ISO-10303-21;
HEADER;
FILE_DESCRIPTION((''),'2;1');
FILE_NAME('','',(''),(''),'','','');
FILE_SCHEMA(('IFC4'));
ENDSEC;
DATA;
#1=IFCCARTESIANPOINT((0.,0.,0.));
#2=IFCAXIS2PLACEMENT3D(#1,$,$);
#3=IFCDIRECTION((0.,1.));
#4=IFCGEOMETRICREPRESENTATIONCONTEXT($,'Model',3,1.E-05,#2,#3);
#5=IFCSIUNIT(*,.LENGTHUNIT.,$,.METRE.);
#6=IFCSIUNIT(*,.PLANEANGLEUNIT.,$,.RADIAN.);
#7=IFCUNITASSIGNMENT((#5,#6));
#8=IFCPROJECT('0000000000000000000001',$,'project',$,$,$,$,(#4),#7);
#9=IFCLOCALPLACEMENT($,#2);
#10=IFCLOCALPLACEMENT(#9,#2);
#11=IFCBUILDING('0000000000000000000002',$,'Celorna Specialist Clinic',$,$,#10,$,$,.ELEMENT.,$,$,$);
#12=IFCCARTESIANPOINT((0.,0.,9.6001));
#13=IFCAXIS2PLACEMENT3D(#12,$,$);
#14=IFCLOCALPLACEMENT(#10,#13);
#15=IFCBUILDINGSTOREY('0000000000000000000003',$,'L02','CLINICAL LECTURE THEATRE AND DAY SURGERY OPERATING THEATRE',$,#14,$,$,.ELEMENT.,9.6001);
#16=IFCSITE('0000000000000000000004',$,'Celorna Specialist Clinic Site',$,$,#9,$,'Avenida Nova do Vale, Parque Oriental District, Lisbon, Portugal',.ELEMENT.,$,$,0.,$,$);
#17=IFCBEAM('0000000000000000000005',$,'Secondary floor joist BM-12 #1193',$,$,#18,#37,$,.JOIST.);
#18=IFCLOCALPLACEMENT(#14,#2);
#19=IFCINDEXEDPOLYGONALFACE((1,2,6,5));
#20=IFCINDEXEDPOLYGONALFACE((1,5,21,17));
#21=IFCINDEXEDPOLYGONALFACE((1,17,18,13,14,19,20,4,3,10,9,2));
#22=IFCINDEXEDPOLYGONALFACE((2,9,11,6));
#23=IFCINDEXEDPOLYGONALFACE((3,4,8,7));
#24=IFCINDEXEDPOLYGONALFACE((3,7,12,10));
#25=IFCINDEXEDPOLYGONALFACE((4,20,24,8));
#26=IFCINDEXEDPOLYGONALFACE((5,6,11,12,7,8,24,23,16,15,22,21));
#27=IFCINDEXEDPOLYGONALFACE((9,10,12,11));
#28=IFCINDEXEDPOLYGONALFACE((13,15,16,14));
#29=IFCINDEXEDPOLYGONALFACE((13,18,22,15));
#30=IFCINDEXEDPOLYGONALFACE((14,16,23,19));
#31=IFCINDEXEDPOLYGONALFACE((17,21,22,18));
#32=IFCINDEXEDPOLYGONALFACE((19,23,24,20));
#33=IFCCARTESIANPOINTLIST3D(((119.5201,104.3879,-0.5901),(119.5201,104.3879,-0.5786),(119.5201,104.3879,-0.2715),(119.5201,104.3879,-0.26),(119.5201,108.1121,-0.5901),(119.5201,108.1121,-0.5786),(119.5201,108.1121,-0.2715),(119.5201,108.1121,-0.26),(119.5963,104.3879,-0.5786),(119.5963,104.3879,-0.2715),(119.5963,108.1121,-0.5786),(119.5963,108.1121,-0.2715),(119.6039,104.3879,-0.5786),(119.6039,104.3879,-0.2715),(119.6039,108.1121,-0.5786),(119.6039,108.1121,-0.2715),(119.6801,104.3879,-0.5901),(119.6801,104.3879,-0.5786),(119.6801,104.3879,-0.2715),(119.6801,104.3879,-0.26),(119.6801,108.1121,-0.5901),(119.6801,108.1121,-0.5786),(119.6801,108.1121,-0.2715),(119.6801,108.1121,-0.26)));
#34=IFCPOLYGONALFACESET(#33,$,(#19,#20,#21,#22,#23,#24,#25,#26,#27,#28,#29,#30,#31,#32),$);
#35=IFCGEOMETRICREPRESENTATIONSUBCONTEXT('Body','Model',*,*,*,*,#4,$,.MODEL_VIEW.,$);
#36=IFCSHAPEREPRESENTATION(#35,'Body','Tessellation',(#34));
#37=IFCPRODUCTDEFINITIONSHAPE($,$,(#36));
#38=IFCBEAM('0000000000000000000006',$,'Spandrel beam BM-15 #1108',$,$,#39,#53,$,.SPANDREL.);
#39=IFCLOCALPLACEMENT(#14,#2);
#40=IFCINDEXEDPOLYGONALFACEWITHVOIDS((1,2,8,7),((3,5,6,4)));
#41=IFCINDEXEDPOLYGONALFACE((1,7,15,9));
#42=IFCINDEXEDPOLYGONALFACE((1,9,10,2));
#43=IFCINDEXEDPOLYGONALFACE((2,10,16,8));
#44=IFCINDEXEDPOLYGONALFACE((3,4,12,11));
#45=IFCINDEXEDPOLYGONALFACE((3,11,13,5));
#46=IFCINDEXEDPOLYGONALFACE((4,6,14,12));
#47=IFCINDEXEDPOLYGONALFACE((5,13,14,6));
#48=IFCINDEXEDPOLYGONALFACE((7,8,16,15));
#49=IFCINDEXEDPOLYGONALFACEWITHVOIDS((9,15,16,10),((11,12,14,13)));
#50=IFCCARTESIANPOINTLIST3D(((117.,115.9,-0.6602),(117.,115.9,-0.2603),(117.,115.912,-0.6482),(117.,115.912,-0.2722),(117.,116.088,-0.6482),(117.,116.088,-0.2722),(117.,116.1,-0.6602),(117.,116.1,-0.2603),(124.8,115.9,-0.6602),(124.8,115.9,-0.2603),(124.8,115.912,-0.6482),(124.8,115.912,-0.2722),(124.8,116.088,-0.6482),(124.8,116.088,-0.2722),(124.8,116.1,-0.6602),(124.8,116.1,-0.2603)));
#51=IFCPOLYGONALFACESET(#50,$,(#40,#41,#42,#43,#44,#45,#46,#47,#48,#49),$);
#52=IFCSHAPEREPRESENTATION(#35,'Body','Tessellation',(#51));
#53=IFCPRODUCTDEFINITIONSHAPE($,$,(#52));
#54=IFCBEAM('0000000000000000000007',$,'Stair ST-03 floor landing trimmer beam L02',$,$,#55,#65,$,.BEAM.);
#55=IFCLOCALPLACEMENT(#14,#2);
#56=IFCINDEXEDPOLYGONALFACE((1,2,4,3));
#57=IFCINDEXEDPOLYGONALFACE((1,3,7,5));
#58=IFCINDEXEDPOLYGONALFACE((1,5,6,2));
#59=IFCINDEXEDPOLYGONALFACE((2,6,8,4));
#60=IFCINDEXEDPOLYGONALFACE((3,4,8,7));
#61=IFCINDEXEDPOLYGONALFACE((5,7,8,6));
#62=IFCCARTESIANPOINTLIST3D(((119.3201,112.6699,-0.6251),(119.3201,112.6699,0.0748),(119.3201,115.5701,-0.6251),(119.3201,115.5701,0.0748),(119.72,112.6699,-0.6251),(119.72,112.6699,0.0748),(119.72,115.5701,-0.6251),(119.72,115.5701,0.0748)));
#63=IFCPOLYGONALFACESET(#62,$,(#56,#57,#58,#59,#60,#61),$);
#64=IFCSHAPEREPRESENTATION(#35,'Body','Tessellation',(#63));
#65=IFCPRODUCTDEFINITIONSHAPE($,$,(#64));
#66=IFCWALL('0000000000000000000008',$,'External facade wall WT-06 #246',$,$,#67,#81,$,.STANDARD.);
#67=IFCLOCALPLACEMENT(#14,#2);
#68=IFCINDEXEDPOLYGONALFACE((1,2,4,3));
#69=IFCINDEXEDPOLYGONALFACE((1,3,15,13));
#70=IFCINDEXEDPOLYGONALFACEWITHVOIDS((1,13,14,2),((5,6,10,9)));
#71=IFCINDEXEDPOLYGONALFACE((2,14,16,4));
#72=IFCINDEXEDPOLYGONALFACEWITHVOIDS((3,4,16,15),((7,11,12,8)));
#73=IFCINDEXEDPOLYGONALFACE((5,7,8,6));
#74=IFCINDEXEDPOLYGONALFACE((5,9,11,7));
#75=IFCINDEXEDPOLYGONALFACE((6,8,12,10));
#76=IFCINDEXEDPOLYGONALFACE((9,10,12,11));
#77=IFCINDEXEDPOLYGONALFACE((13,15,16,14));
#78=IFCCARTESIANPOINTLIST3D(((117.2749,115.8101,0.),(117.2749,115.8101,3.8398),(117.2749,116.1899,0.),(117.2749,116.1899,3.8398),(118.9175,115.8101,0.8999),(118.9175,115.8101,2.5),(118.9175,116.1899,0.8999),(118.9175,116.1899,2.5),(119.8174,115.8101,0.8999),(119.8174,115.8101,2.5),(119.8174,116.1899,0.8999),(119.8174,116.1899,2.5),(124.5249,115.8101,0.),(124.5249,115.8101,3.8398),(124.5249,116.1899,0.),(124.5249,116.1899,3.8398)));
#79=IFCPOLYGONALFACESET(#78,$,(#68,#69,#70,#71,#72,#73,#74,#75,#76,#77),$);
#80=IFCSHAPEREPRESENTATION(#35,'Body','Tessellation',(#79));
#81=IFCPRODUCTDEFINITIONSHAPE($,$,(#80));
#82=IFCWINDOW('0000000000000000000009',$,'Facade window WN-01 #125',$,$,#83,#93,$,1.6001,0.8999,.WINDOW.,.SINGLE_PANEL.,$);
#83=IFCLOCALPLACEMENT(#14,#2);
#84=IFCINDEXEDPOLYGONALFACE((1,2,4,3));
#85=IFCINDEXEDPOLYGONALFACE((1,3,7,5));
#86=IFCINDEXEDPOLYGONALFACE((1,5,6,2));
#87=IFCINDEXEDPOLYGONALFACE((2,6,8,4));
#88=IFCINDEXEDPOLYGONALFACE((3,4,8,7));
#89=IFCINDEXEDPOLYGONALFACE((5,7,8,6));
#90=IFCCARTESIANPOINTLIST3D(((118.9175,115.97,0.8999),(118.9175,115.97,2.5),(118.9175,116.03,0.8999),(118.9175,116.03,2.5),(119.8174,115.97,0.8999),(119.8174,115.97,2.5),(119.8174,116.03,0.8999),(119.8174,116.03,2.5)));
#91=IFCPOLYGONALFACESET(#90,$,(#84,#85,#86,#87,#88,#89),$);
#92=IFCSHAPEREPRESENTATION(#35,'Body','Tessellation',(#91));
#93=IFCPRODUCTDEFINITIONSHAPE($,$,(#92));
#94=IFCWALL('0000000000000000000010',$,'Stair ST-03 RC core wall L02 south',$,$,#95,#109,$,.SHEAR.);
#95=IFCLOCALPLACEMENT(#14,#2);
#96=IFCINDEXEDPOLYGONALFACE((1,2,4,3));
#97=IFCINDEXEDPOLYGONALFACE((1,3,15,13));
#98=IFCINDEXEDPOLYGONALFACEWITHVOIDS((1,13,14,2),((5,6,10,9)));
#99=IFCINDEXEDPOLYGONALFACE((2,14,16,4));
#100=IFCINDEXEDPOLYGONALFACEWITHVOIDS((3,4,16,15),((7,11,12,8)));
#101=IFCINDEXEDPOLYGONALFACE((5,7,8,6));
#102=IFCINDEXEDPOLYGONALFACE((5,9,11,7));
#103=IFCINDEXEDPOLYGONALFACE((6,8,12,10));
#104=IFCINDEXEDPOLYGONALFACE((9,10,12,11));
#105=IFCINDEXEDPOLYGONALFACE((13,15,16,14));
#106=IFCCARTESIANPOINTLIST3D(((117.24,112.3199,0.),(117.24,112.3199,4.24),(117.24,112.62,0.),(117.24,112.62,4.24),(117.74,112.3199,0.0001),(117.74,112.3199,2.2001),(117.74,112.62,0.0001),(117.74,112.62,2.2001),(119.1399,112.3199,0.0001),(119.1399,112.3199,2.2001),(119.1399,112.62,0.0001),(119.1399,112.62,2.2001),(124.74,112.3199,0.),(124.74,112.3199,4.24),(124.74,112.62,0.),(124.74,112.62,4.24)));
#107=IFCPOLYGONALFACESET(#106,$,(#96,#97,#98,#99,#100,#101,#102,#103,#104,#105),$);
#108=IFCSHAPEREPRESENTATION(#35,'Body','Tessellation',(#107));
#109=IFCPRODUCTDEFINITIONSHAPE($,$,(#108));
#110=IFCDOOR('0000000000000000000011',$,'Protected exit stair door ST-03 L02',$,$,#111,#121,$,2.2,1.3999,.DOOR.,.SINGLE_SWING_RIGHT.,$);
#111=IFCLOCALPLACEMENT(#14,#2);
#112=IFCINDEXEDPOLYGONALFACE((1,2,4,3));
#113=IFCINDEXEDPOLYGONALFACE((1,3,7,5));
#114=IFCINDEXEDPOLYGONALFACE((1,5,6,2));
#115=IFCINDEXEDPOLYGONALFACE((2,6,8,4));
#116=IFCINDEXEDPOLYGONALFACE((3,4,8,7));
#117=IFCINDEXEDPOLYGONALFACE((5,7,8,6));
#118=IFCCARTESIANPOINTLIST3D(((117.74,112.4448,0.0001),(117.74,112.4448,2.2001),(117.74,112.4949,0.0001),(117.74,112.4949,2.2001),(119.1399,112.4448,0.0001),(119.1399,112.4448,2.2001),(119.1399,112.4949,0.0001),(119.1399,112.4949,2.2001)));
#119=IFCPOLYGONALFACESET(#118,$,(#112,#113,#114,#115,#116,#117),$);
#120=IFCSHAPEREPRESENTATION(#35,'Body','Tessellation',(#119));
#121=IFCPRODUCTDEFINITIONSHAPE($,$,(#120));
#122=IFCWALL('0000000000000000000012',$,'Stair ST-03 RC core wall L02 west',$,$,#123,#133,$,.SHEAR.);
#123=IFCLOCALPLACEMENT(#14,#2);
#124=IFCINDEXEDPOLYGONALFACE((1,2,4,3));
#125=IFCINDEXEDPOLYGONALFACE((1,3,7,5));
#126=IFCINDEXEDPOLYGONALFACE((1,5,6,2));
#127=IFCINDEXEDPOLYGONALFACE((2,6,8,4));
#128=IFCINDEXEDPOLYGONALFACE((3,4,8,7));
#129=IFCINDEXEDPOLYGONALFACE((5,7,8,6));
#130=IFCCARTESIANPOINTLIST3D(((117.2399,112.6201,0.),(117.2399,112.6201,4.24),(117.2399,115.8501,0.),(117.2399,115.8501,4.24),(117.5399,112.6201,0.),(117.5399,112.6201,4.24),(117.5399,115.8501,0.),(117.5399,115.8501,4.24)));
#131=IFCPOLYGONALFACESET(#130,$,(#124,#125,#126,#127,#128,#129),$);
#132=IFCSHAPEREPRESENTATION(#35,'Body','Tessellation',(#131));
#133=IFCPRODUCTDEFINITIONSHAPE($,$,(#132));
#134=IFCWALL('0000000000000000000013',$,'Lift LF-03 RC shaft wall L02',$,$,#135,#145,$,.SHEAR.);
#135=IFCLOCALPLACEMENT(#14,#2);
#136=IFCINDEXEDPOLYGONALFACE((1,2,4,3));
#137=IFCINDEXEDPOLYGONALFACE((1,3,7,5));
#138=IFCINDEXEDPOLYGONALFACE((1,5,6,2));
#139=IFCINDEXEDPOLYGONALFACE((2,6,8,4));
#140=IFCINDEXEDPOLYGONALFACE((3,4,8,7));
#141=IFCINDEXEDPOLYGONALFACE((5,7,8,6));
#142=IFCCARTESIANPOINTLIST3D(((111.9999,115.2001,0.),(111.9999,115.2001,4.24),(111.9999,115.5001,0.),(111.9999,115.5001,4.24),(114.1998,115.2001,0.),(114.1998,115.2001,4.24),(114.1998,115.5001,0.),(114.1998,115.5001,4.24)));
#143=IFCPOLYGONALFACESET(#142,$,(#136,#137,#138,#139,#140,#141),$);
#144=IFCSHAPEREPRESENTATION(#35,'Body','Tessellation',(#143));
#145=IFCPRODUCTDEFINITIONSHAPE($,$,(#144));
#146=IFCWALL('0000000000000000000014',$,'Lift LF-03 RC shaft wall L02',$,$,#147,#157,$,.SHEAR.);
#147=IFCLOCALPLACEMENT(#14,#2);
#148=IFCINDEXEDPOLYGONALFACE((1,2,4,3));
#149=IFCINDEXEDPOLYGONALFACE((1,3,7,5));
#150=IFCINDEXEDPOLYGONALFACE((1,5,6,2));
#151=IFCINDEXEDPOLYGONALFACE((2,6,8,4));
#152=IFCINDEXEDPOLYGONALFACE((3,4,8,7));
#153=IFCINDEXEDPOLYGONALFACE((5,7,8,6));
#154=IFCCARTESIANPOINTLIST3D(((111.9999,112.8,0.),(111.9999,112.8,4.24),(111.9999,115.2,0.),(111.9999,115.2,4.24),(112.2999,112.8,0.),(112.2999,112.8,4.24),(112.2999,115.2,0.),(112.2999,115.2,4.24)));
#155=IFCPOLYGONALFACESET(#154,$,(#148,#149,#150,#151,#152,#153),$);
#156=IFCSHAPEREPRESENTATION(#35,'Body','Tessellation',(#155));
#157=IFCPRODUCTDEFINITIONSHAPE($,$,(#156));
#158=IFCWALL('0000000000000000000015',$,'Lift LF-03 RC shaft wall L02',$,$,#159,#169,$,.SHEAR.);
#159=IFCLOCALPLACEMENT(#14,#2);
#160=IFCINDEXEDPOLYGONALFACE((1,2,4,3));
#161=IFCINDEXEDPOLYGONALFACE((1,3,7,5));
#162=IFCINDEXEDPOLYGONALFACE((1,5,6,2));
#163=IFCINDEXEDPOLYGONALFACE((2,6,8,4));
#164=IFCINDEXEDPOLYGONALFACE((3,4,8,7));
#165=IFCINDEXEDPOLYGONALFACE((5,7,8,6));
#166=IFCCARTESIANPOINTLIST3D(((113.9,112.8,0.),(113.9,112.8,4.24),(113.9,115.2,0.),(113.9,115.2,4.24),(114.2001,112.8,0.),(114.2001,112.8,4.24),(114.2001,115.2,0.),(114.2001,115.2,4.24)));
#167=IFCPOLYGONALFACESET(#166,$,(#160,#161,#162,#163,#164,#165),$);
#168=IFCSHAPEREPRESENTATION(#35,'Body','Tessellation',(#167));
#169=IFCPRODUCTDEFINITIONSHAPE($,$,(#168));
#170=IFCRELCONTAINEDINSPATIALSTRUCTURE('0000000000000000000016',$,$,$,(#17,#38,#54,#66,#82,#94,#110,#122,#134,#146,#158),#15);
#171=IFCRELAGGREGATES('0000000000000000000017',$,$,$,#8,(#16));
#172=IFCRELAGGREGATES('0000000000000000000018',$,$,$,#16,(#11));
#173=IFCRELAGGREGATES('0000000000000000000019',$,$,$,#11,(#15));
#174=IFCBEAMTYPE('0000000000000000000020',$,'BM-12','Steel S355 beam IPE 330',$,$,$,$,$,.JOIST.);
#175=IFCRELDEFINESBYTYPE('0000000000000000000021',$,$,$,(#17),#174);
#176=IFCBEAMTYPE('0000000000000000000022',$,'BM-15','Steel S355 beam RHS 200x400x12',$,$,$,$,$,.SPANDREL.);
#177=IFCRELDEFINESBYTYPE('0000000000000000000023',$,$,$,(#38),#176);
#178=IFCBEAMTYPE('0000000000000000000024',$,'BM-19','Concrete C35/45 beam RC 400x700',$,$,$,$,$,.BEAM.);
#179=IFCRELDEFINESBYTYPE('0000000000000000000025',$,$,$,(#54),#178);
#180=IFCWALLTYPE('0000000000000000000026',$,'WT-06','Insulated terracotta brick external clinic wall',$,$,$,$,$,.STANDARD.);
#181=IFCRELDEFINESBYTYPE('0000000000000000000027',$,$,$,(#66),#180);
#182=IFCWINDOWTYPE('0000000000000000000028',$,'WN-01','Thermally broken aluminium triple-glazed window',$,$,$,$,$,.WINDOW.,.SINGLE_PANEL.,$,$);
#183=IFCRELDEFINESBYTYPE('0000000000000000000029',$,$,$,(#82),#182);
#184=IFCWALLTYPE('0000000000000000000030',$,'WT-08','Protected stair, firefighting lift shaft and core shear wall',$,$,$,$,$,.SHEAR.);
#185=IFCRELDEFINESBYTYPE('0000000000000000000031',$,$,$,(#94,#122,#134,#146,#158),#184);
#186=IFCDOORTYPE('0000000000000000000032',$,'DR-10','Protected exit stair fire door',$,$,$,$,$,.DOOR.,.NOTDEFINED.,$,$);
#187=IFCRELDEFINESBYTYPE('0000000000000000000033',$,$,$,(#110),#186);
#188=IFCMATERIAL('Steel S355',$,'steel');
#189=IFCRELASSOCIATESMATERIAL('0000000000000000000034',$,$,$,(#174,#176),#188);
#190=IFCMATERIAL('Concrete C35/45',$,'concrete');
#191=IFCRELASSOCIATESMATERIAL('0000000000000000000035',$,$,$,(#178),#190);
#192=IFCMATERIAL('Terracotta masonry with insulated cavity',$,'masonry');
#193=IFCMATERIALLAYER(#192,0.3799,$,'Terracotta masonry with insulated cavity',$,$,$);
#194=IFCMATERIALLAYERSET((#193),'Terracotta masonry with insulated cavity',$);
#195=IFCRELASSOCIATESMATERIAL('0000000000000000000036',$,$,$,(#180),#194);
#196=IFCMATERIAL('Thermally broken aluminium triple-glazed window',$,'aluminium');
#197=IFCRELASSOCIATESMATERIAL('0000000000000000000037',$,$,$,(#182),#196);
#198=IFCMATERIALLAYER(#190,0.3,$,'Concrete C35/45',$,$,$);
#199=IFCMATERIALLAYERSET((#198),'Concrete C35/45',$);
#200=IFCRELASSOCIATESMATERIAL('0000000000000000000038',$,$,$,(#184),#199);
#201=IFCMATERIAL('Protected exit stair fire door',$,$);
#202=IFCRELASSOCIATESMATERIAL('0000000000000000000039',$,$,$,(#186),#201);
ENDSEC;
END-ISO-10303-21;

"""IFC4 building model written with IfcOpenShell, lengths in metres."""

from ifc_helpers import new_model, si_unit, direction, frame, frame_2d, origin, origin_2d, place, context, subcontext, project, spatial, rectangle, hollow_rectangle, i_section, extrude, material, layer, layer_set, material_profile, profile_set, type_object, element, fill, save


model = new_model("IFC4")

# Units and contexts
model_context = context("Model", 3, precision=1e-05, world=origin(), true_north=direction((0.0, 1.0)))
body_context = subcontext(model_context, "Body", "Model", "MODEL_VIEW")
ifc_project = project(units=[si_unit("LENGTHUNIT", "METRE"), si_unit("PLANEANGLEUNIT", "RADIAN")], contexts=[model_context])

# Site, building, storey
site_placement = place(None, origin())
site = spatial("IfcSite", under=ifc_project, at=site_placement, Name="Celorna Specialist Clinic Site", LongName="Avenida Nova do Vale, Parque Oriental District, Lisbon, Portugal", CompositionType="ELEMENT", RefElevation=0.0)
building_placement = place(site_placement, origin())
building = spatial("IfcBuilding", under=site, at=building_placement, Name="Celorna Specialist Clinic", CompositionType="ELEMENT")
storey_placement = place(building_placement, frame((0.0, 0.0, 9.6001)))
storey = spatial("IfcBuildingStorey", under=building, at=storey_placement, Name="L02", Description="CLINICAL LECTURE THEATRE AND DAY SURGERY OPERATING THEATRE", CompositionType="ELEMENT", Elevation=9.6001)

# Shared definitions
ifc_material_1 = material(Name="Concrete C35/45", Category="concrete")

# Beams
ifc_material_2 = material(Name="Steel S355", Category="steel")
ifc_material_profile_1 = material_profile(ifc_material_2, i_section(OverallWidth=0.1599, OverallDepth=0.3301, WebThickness=0.0076, FlangeThickness=0.0115, at=origin_2d()), Name="IPE 330")
ifc_profile_set_1 = profile_set([ifc_material_profile_1], Name="Steel S355")
beam_type_1 = type_object("IfcBeamType", Name="BM-12", Description="Steel S355 beam IPE 330", PredefinedType="JOIST", material=ifc_profile_set_1)
beam_1_placement = place(storey_placement, frame((119.6001, 104.3879, -0.425), z_axis=(0.0, 1.0, 0.0), x_axis=(-1.0, 0.0, 0.0)))
element("IfcBeam", 1, at=beam_1_placement, inside=storey, type_object=beam_type_1, Name="Secondary floor joist BM-12 #1193", PredefinedType="JOIST", context=body_context, shape_type="SweptSolid", body=[
    extrude(i_section(OverallWidth=0.1599, OverallDepth=0.3301, WebThickness=0.0076, FlangeThickness=0.0115, at=origin_2d()), origin(), (0.0, 0.0, 1.0), 3.7241),
])
ifc_material_profile_2 = material_profile(ifc_material_2, hollow_rectangle(XDim=0.2, YDim=0.3999, WallThickness=0.012, at=origin_2d()), Name="RHS 200x400x12")
ifc_profile_set_2 = profile_set([ifc_material_profile_2], Name="Steel S355")
beam_type_2 = type_object("IfcBeamType", Name="BM-15", Description="Steel S355 beam RHS 200x400x12", PredefinedType="SPANDREL", material=ifc_profile_set_2)
beam_2_placement = place(storey_placement, frame((117.0, 116.0, -0.4602), z_axis=(1.0, 0.0, 0.0), x_axis=(0.0, 1.0, 0.0)))
element("IfcBeam", 2, at=beam_2_placement, inside=storey, type_object=beam_type_2, Name="Spandrel beam BM-15 #1108", PredefinedType="SPANDREL", context=body_context, shape_type="SweptSolid", body=[
    extrude(hollow_rectangle(XDim=0.2, YDim=0.3999, WallThickness=0.012, at=origin_2d()), origin(), (0.0, 0.0, 1.0), 7.8),
])
ifc_material_profile_3 = material_profile(ifc_material_1, rectangle(XDim=0.3999, YDim=0.7, at=origin_2d()), Name="RC 400x700")
ifc_profile_set_3 = profile_set([ifc_material_profile_3], Name="Concrete C35/45")
beam_type_3 = type_object("IfcBeamType", Name="BM-19", Description="Concrete C35/45 beam RC 400x700", PredefinedType="BEAM", material=ifc_profile_set_3)
beam_3_placement = place(storey_placement, frame((119.52, 112.6699, -0.2751), z_axis=(0.0, 1.0, 0.0), x_axis=(-1.0, 0.0, 0.0)))
element("IfcBeam", 3, at=beam_3_placement, inside=storey, type_object=beam_type_3, Name="Stair ST-03 floor landing trimmer beam L02", PredefinedType="BEAM", context=body_context, shape_type="SweptSolid", body=[
    extrude(rectangle(XDim=0.3999, YDim=0.7, at=origin_2d()), origin(), (0.0, 0.0, 1.0), 2.9001),
])

# Wall, opening, window
ifc_material_3 = material(Name="Terracotta masonry with insulated cavity", Category="masonry")
ifc_layer_1 = layer(ifc_material_3, 0.3799, Name="Terracotta masonry with insulated cavity")
ifc_layer_set_1 = layer_set([ifc_layer_1], Name="Terracotta masonry with insulated cavity")
wall_type_1 = type_object("IfcWallType", Name="WT-06", Description="Insulated terracotta brick external clinic wall", PredefinedType="STANDARD", material=ifc_layer_set_1)
wall_1_placement = place(storey_placement, frame((117.2749, 116.0, 0.0), z_axis=(0.0, 0.0, 1.0), x_axis=(1.0, 0.0, 0.0)))
wall_1 = element("IfcWall", 4, at=wall_1_placement, inside=storey, type_object=wall_type_1, Name="External facade wall WT-06 #246", PredefinedType="STANDARD", context=body_context, shape_type="SweptSolid", body=[
    extrude(rectangle(XDim=7.25, YDim=0.3799, at=frame_2d((3.625, 0.0))), origin(), (0.0, 0.0, 1.0), 3.8398),
])
opening_1_placement = place(wall_1_placement, frame((1.6426, 0.0, 0.8999)))
opening_1 = element("IfcOpeningElement", 5, at=opening_1_placement, cuts=wall_1, PredefinedType="OPENING", context=body_context, shape_type="SweptSolid", body=[
    extrude(rectangle(XDim=0.8999, YDim=1.6001, at=frame_2d((0.45, 0.8))), frame((0.0, 0.2, 0.0), z_axis=(0.0, -1.0, 0.0), x_axis=(1.0, 0.0, 0.0)), (0.0, 0.0, 1.0), 0.3999),
])
ifc_material_4 = material(Name="Thermally broken aluminium triple-glazed window", Category="aluminium")
window_type = type_object("IfcWindowType", Name="WN-01", Description="Thermally broken aluminium triple-glazed window", PartitioningType="SINGLE_PANEL", PredefinedType="WINDOW", material=ifc_material_4)
window_placement = place(opening_1_placement, origin())
window = element("IfcWindow", 6, at=window_placement, inside=storey, type_object=window_type, Name="Facade window WN-01 #125", OverallHeight=1.6001, OverallWidth=0.8999, PartitioningType="SINGLE_PANEL", PredefinedType="WINDOW", context=body_context, shape_type="SweptSolid", body=[
    extrude(rectangle(XDim=0.8999, YDim=1.6001, at=frame_2d((0.45, 0.8))), frame((0.0, 0.03, 0.0), z_axis=(0.0, -1.0, 0.0), x_axis=(1.0, 0.0, 0.0)), (0.0, 0.0, 1.0), 0.0601),
])
fill(opening_1, window)

# Wall, opening, door
ifc_layer_2 = layer(ifc_material_1, 0.3, Name="Concrete C35/45")
ifc_layer_set_2 = layer_set([ifc_layer_2], Name="Concrete C35/45")
wall_type_2 = type_object("IfcWallType", Name="WT-08", Description="Protected stair, firefighting lift shaft and core shear wall", PredefinedType="SHEAR", material=ifc_layer_set_2)
wall_2_placement = place(storey_placement, frame((117.24, 112.47, 0.0), z_axis=(0.0, 0.0, 1.0), x_axis=(1.0, 0.0, 0.0)))
wall_2 = element("IfcWall", 7, at=wall_2_placement, inside=storey, type_object=wall_type_2, Name="Stair ST-03 RC core wall L02 south", PredefinedType="SHEAR", context=body_context, shape_type="SweptSolid", body=[
    extrude(rectangle(XDim=7.5, YDim=0.3, at=frame_2d((3.75, 0.0))), origin(), (0.0, 0.0, 1.0), 4.24),
])
opening_2_placement = place(wall_2_placement, frame((0.5, 0.0, 0.0)))
opening_2 = element("IfcOpeningElement", 8, at=opening_2_placement, cuts=wall_2, PredefinedType="OPENING", context=body_context, shape_type="SweptSolid", body=[
    extrude(rectangle(XDim=1.3999, YDim=2.2, at=frame_2d((0.7, 1.1001))), frame((0.0, 0.1599, 0.0), z_axis=(0.0, -1.0, 0.0), x_axis=(1.0, 0.0, 0.0)), (0.0, 0.0, 1.0), 0.3201),
])
ifc_material_5 = material(Name="Protected exit stair fire door")
door_type_1 = type_object("IfcDoorType", Name="DR-10", Description="Protected exit stair fire door", OperationType="NOTDEFINED", PredefinedType="DOOR", material=ifc_material_5)
door_1_placement = place(opening_2_placement, origin())
door_1 = element("IfcDoor", 9, at=door_1_placement, inside=storey, type_object=door_type_1, Name="Protected exit stair door ST-03 L02", OperationType="SINGLE_SWING_RIGHT", OverallHeight=2.2, OverallWidth=1.3999, PredefinedType="DOOR", context=body_context, shape_type="SweptSolid", body=[
    extrude(rectangle(XDim=1.3999, YDim=2.2, at=frame_2d((0.7, 1.1001))), frame((0.0, 0.0249, 0.0), z_axis=(0.0, -1.0, 0.0), x_axis=(1.0, 0.0, 0.0)), (0.0, 0.0, 1.0), 0.05),
])
fill(opening_2, door_1)

# Walls
wall_3_placement = place(storey_placement, frame((117.3899, 115.8501, 0.0), z_axis=(0.0, 0.0, 1.0), x_axis=(0.0, -1.0, 0.0)))
element("IfcWall", 10, at=wall_3_placement, inside=storey, type_object=wall_type_2, Name="Stair ST-03 RC core wall L02 west", PredefinedType="SHEAR", context=body_context, shape_type="SweptSolid", body=[
    extrude(rectangle(XDim=3.23, YDim=0.3, at=frame_2d((1.615, 0.0))), origin(), (0.0, 0.0, 1.0), 4.24),
])
wall_4_placement = place(storey_placement, frame((114.2, 115.3501, 0.0), z_axis=(0.0, 0.0, 1.0), x_axis=(-1.0, 0.0, 0.0)))
element("IfcWall", 11, at=wall_4_placement, inside=storey, type_object=wall_type_2, Name="Lift LF-03 RC shaft wall L02", PredefinedType="SHEAR", context=body_context, shape_type="SweptSolid", body=[
    extrude(rectangle(XDim=2.2, YDim=0.3, at=frame_2d((1.1001, 0.0))), origin(), (0.0, 0.0, 1.0), 4.24),
])
for number, where, z_axis, x_axis, name in (
    (12, (112.1499, 115.2, 0.0), (0.0, 0.0, 1.0), (0.0, -1.0, 0.0), "Lift LF-03 RC shaft wall L02"),
    (13, (114.05, 112.8, 0.0), (0.0, 0.0, 1.0), (0.0, 1.0, 0.0), "Lift LF-03 RC shaft wall L02"),
):
    element("IfcWall", number, at=place(storey_placement, frame(where, z_axis=z_axis, x_axis=x_axis)), inside=storey, type_object=wall_type_2, Name=name, PredefinedType="SHEAR", context=body_context, shape_type="SweptSolid", body=[
        extrude(rectangle(XDim=2.3999, YDim=0.3, at=frame_2d((1.2, 0.0))), origin(), (0.0, 0.0, 1.0), 4.24),
    ])

save(model, "model.ifc")
